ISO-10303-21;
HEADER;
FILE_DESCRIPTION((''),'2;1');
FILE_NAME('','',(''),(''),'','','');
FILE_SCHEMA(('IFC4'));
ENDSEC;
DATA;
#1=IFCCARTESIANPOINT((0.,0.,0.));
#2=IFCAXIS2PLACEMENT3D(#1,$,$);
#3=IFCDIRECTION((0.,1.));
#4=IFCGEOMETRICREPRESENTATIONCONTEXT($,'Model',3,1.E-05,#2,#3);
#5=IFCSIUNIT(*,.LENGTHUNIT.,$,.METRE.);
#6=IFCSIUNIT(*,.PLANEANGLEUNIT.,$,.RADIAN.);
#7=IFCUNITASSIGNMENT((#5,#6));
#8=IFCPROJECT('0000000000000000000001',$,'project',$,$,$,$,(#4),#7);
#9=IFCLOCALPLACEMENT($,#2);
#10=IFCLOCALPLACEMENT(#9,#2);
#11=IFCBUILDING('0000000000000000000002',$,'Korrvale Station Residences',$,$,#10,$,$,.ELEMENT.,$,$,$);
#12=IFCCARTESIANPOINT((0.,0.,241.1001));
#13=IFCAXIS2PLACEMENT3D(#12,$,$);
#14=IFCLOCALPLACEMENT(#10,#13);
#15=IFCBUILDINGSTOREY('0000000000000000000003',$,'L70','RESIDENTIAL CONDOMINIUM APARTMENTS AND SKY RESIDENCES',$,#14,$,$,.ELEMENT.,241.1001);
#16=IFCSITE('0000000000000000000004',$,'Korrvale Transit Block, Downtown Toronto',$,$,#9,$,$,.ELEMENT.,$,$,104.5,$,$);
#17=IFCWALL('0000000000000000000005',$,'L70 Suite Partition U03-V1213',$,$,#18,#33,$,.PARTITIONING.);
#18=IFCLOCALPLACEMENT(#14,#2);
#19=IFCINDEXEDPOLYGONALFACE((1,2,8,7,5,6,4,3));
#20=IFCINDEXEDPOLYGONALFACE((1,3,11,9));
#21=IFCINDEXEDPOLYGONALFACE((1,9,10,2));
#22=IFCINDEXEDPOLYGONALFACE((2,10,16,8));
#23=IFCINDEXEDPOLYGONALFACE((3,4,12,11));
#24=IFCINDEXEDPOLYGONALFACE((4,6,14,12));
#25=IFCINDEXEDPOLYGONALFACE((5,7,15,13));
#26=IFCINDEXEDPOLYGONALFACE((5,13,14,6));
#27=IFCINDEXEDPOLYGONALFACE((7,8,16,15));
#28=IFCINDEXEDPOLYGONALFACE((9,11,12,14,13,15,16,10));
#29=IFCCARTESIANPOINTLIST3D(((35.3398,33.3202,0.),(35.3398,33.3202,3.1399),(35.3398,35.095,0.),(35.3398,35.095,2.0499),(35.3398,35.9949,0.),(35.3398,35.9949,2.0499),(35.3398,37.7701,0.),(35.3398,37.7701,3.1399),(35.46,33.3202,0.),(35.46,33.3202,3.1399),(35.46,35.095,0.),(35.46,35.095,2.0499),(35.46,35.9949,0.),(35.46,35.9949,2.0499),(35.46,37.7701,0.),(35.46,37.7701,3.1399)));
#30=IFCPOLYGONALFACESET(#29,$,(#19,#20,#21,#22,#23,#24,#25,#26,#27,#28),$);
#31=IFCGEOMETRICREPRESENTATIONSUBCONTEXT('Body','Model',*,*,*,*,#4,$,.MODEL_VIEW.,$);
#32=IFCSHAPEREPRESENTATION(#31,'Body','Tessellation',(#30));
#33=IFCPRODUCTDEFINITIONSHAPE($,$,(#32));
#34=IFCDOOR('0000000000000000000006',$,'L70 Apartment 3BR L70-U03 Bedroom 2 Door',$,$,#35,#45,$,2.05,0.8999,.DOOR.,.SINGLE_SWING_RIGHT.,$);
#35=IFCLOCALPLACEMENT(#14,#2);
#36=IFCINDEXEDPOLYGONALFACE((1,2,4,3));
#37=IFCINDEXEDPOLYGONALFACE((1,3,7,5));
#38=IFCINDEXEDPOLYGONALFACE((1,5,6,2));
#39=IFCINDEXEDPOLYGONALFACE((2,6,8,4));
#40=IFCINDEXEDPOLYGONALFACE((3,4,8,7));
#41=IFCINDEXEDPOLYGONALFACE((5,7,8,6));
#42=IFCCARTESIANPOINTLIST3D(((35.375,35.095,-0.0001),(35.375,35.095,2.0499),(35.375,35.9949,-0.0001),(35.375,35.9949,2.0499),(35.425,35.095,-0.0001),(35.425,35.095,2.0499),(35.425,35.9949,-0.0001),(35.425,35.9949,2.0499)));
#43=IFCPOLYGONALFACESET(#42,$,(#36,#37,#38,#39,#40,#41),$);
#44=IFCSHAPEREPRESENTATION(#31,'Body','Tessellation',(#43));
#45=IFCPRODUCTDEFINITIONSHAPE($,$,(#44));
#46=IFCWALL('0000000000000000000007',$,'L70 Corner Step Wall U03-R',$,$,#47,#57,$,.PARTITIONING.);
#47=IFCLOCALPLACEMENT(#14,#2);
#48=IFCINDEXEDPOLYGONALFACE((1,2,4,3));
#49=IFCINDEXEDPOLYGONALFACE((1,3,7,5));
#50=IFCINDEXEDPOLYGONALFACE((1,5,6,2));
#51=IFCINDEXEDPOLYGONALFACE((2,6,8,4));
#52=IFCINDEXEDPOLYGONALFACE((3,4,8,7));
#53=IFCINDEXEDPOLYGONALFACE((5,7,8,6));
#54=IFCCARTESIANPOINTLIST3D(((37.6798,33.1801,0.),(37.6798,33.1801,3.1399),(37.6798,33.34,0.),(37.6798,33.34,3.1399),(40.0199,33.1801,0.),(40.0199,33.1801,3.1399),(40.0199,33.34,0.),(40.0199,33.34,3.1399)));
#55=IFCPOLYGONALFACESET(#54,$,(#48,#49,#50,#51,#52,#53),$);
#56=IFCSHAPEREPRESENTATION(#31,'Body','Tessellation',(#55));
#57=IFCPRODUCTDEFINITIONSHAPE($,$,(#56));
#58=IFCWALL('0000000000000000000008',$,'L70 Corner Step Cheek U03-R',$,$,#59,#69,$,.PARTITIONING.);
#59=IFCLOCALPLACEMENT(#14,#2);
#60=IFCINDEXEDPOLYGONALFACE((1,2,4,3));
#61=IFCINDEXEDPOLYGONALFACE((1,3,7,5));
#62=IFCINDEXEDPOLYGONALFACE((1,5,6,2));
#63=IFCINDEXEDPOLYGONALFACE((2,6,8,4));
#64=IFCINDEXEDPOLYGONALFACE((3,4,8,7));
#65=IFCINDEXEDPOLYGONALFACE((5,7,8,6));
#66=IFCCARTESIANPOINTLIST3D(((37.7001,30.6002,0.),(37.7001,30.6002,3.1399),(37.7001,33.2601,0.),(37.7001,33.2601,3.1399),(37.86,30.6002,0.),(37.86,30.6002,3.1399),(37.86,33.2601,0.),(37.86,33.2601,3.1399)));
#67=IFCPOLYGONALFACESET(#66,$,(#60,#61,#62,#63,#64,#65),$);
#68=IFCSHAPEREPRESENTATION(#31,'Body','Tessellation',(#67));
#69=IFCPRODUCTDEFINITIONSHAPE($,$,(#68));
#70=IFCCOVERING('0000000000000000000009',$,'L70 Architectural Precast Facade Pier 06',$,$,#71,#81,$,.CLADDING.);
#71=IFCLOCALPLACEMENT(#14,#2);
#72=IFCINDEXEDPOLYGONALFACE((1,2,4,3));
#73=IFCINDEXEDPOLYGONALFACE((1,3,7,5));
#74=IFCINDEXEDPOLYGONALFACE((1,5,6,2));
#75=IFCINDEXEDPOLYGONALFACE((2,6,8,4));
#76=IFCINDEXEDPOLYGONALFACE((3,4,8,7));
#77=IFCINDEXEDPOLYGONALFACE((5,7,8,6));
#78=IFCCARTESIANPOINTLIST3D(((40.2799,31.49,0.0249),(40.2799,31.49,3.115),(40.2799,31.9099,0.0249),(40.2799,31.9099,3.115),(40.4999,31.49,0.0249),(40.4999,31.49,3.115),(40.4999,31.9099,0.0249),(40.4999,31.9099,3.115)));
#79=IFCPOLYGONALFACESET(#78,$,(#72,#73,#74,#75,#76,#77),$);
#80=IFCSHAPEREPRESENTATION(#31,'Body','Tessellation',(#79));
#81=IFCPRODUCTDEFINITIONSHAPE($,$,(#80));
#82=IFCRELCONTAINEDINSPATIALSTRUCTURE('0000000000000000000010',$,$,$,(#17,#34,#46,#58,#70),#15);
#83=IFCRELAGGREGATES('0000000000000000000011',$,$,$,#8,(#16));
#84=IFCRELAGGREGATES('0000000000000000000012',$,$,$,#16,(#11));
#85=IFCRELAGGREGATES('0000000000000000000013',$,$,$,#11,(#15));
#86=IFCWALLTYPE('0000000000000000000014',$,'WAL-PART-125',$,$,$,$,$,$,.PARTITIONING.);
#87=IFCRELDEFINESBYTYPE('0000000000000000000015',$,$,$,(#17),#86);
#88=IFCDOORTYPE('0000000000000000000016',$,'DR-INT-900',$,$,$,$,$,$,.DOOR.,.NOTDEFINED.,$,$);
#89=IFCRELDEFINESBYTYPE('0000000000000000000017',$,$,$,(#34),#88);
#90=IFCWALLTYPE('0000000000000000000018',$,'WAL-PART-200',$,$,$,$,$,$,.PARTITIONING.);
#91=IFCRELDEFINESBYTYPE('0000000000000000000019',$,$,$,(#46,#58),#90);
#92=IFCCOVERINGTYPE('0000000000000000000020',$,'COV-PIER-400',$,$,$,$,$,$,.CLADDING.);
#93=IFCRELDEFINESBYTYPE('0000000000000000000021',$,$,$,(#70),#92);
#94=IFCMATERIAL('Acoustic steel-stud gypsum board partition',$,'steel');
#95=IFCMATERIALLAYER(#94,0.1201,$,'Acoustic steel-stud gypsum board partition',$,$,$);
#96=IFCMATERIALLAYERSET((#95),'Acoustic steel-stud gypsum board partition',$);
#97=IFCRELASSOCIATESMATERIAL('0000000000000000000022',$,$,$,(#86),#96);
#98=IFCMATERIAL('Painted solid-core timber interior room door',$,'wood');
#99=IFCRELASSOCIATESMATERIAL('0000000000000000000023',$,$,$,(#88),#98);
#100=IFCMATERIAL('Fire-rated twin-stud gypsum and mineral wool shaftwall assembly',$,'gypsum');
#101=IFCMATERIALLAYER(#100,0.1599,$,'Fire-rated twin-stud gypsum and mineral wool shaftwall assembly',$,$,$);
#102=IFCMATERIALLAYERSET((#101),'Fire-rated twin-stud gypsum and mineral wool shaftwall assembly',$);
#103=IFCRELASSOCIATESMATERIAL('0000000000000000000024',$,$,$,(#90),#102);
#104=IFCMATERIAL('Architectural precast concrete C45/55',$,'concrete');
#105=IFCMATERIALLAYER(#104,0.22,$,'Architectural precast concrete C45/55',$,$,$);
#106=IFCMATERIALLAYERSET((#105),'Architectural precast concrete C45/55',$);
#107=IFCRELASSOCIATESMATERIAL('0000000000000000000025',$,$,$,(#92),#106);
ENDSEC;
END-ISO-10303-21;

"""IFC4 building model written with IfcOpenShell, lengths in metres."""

from ifc_helpers import new_model, si_unit, direction, frame, frame_2d, origin, origin_2d, place, context, subcontext, project, spatial, rectangle, extrude, material, layer, layer_set, type_object, element, fill, save


model = new_model("IFC4")

# Units and contexts
model_context = context("Model", 3, precision=1e-05, world=origin(), true_north=direction((0.0, 1.0)))
body_context = subcontext(model_context, "Body", "Model", "MODEL_VIEW")
ifc_project = project(units=[si_unit("LENGTHUNIT", "METRE"), si_unit("PLANEANGLEUNIT", "RADIAN")], contexts=[model_context])

# Site, building, storey
site_placement = place(None, origin())
site = spatial("IfcSite", under=ifc_project, at=site_placement, Name="Korrvale Transit Block, Downtown Toronto", CompositionType="ELEMENT", RefElevation=104.5)
building_placement = place(site_placement, origin())
building = spatial("IfcBuilding", under=site, at=building_placement, Name="Korrvale Station Residences", CompositionType="ELEMENT")
storey_placement = place(building_placement, frame((0.0, 0.0, 241.1001)))
storey = spatial("IfcBuildingStorey", under=building, at=storey_placement, Name="L70", Description="RESIDENTIAL CONDOMINIUM APARTMENTS AND SKY RESIDENCES", CompositionType="ELEMENT", Elevation=241.1001)

# Wall, opening, door
ifc_material_1 = material(Name="Acoustic steel-stud gypsum board partition", Category="steel")
ifc_layer_1 = layer(ifc_material_1, 0.1201, Name="Acoustic steel-stud gypsum board partition")
ifc_layer_set_1 = layer_set([ifc_layer_1], Name="Acoustic steel-stud gypsum board partition")
wall_type_1 = type_object("IfcWallType", Name="WAL-PART-125", PredefinedType="PARTITIONING", material=ifc_layer_set_1)
ifc_material_2 = material(Name="Painted solid-core timber interior room door", Category="wood")
door_type = type_object("IfcDoorType", Name="DR-INT-900", OperationType="NOTDEFINED", PredefinedType="DOOR", material=ifc_material_2)
wall_1_placement = place(storey_placement, frame((35.3999, 33.3201, 0.0), z_axis=(0.0, 0.0, 1.0), x_axis=(0.0, 1.0, 0.0)))
wall_1 = element("IfcWall", 1, at=wall_1_placement, inside=storey, type_object=wall_type_1, Name="L70 Suite Partition U03-V1213", PredefinedType="PARTITIONING", context=body_context, shape_type="SweptSolid", body=[
    extrude(rectangle(XDim=4.45, YDim=0.1201, at=frame_2d((2.2251, 0.0))), origin(), (0.0, 0.0, 1.0), 3.1399),
])
opening_1_placement = place(wall_1_placement, frame((1.7749, 0.0, 0.0)))
opening_1 = element("IfcOpeningElement", 2, at=opening_1_placement, cuts=wall_1, PredefinedType="OPENING", context=body_context, shape_type="SweptSolid", body=[
    extrude(rectangle(XDim=0.8999, YDim=2.05, at=frame_2d((0.45, 1.0249))), frame((0.0, 0.0701, 0.0), z_axis=(0.0, -1.0, 0.0), x_axis=(1.0, 0.0, 0.0)), (0.0, 0.0, 1.0), 0.1401),
])
door_1_placement = place(opening_1_placement, origin())
door_1 = element("IfcDoor", 3, at=door_1_placement, inside=storey, type_object=door_type, Name="L70 Apartment 3BR L70-U03 Bedroom 2 Door", OperationType="SINGLE_SWING_RIGHT", OverallHeight=2.05, OverallWidth=0.8999, PredefinedType="DOOR", context=body_context, shape_type="SweptSolid", body=[
    extrude(rectangle(XDim=0.8999, YDim=2.05, at=frame_2d((0.45, 1.0249))), frame((0.0, 0.0249, 0.0), z_axis=(0.0, -1.0, 0.0), x_axis=(1.0, 0.0, 0.0)), (0.0, 0.0, 1.0), 0.05),
])
fill(opening_1, door_1)

# Walls
ifc_material_3 = material(Name="Fire-rated twin-stud gypsum and mineral wool shaftwall assembly", Category="gypsum")
ifc_layer_2 = layer(ifc_material_3, 0.1599, Name="Fire-rated twin-stud gypsum and mineral wool shaftwall assembly")
ifc_layer_set_2 = layer_set([ifc_layer_2], Name="Fire-rated twin-stud gypsum and mineral wool shaftwall assembly")
wall_type_2 = type_object("IfcWallType", Name="WAL-PART-200", PredefinedType="PARTITIONING", material=ifc_layer_set_2)
wall_2_placement = place(storey_placement, frame((37.6799, 33.26, 0.0), z_axis=(0.0, 0.0, 1.0), x_axis=(1.0, 0.0, 0.0)))
element("IfcWall", 4, at=wall_2_placement, inside=storey, type_object=wall_type_2, Name="L70 Corner Step Wall U03-R", PredefinedType="PARTITIONING", context=body_context, shape_type="SweptSolid", body=[
    extrude(rectangle(XDim=2.3401, YDim=0.1599, at=frame_2d((1.1699, 0.0))), origin(), (0.0, 0.0, 1.0), 3.1399),
])
wall_3_placement = place(storey_placement, frame((37.78, 30.6001, 0.0), z_axis=(0.0, 0.0, 1.0), x_axis=(0.0, 1.0, 0.0)))
element("IfcWall", 5, at=wall_3_placement, inside=storey, type_object=wall_type_2, Name="L70 Corner Step Cheek U03-R", PredefinedType="PARTITIONING", context=body_context, shape_type="SweptSolid", body=[
    extrude(rectangle(XDim=2.6599, YDim=0.1599, at=frame_2d((1.3301, 0.0))), origin(), (0.0, 0.0, 1.0), 3.1399),
])

# Covering
ifc_material_4 = material(Name="Architectural precast concrete C45/55", Category="concrete")
ifc_layer_3 = layer(ifc_material_4, 0.22, Name="Architectural precast concrete C45/55")
ifc_layer_set_3 = layer_set([ifc_layer_3], Name="Architectural precast concrete C45/55")
covering_type = type_object("IfcCoveringType", Name="COV-PIER-400", PredefinedType="CLADDING", material=ifc_layer_set_3)
covering_placement = place(storey_placement, frame((40.3899, 31.7, 0.0249), z_axis=(0.0, 0.0, 1.0), x_axis=(0.0, 1.0, 0.0)))
element("IfcCovering", 6, at=covering_placement, inside=storey, type_object=covering_type, Name="L70 Architectural Precast Facade Pier 06", PredefinedType="CLADDING", context=body_context, shape_type="SweptSolid", body=[
    extrude(rectangle(XDim=0.4199, YDim=0.22, at=origin_2d()), origin(), (0.0, 0.0, 1.0), 3.0901),
])

save(model, "model.ifc")
